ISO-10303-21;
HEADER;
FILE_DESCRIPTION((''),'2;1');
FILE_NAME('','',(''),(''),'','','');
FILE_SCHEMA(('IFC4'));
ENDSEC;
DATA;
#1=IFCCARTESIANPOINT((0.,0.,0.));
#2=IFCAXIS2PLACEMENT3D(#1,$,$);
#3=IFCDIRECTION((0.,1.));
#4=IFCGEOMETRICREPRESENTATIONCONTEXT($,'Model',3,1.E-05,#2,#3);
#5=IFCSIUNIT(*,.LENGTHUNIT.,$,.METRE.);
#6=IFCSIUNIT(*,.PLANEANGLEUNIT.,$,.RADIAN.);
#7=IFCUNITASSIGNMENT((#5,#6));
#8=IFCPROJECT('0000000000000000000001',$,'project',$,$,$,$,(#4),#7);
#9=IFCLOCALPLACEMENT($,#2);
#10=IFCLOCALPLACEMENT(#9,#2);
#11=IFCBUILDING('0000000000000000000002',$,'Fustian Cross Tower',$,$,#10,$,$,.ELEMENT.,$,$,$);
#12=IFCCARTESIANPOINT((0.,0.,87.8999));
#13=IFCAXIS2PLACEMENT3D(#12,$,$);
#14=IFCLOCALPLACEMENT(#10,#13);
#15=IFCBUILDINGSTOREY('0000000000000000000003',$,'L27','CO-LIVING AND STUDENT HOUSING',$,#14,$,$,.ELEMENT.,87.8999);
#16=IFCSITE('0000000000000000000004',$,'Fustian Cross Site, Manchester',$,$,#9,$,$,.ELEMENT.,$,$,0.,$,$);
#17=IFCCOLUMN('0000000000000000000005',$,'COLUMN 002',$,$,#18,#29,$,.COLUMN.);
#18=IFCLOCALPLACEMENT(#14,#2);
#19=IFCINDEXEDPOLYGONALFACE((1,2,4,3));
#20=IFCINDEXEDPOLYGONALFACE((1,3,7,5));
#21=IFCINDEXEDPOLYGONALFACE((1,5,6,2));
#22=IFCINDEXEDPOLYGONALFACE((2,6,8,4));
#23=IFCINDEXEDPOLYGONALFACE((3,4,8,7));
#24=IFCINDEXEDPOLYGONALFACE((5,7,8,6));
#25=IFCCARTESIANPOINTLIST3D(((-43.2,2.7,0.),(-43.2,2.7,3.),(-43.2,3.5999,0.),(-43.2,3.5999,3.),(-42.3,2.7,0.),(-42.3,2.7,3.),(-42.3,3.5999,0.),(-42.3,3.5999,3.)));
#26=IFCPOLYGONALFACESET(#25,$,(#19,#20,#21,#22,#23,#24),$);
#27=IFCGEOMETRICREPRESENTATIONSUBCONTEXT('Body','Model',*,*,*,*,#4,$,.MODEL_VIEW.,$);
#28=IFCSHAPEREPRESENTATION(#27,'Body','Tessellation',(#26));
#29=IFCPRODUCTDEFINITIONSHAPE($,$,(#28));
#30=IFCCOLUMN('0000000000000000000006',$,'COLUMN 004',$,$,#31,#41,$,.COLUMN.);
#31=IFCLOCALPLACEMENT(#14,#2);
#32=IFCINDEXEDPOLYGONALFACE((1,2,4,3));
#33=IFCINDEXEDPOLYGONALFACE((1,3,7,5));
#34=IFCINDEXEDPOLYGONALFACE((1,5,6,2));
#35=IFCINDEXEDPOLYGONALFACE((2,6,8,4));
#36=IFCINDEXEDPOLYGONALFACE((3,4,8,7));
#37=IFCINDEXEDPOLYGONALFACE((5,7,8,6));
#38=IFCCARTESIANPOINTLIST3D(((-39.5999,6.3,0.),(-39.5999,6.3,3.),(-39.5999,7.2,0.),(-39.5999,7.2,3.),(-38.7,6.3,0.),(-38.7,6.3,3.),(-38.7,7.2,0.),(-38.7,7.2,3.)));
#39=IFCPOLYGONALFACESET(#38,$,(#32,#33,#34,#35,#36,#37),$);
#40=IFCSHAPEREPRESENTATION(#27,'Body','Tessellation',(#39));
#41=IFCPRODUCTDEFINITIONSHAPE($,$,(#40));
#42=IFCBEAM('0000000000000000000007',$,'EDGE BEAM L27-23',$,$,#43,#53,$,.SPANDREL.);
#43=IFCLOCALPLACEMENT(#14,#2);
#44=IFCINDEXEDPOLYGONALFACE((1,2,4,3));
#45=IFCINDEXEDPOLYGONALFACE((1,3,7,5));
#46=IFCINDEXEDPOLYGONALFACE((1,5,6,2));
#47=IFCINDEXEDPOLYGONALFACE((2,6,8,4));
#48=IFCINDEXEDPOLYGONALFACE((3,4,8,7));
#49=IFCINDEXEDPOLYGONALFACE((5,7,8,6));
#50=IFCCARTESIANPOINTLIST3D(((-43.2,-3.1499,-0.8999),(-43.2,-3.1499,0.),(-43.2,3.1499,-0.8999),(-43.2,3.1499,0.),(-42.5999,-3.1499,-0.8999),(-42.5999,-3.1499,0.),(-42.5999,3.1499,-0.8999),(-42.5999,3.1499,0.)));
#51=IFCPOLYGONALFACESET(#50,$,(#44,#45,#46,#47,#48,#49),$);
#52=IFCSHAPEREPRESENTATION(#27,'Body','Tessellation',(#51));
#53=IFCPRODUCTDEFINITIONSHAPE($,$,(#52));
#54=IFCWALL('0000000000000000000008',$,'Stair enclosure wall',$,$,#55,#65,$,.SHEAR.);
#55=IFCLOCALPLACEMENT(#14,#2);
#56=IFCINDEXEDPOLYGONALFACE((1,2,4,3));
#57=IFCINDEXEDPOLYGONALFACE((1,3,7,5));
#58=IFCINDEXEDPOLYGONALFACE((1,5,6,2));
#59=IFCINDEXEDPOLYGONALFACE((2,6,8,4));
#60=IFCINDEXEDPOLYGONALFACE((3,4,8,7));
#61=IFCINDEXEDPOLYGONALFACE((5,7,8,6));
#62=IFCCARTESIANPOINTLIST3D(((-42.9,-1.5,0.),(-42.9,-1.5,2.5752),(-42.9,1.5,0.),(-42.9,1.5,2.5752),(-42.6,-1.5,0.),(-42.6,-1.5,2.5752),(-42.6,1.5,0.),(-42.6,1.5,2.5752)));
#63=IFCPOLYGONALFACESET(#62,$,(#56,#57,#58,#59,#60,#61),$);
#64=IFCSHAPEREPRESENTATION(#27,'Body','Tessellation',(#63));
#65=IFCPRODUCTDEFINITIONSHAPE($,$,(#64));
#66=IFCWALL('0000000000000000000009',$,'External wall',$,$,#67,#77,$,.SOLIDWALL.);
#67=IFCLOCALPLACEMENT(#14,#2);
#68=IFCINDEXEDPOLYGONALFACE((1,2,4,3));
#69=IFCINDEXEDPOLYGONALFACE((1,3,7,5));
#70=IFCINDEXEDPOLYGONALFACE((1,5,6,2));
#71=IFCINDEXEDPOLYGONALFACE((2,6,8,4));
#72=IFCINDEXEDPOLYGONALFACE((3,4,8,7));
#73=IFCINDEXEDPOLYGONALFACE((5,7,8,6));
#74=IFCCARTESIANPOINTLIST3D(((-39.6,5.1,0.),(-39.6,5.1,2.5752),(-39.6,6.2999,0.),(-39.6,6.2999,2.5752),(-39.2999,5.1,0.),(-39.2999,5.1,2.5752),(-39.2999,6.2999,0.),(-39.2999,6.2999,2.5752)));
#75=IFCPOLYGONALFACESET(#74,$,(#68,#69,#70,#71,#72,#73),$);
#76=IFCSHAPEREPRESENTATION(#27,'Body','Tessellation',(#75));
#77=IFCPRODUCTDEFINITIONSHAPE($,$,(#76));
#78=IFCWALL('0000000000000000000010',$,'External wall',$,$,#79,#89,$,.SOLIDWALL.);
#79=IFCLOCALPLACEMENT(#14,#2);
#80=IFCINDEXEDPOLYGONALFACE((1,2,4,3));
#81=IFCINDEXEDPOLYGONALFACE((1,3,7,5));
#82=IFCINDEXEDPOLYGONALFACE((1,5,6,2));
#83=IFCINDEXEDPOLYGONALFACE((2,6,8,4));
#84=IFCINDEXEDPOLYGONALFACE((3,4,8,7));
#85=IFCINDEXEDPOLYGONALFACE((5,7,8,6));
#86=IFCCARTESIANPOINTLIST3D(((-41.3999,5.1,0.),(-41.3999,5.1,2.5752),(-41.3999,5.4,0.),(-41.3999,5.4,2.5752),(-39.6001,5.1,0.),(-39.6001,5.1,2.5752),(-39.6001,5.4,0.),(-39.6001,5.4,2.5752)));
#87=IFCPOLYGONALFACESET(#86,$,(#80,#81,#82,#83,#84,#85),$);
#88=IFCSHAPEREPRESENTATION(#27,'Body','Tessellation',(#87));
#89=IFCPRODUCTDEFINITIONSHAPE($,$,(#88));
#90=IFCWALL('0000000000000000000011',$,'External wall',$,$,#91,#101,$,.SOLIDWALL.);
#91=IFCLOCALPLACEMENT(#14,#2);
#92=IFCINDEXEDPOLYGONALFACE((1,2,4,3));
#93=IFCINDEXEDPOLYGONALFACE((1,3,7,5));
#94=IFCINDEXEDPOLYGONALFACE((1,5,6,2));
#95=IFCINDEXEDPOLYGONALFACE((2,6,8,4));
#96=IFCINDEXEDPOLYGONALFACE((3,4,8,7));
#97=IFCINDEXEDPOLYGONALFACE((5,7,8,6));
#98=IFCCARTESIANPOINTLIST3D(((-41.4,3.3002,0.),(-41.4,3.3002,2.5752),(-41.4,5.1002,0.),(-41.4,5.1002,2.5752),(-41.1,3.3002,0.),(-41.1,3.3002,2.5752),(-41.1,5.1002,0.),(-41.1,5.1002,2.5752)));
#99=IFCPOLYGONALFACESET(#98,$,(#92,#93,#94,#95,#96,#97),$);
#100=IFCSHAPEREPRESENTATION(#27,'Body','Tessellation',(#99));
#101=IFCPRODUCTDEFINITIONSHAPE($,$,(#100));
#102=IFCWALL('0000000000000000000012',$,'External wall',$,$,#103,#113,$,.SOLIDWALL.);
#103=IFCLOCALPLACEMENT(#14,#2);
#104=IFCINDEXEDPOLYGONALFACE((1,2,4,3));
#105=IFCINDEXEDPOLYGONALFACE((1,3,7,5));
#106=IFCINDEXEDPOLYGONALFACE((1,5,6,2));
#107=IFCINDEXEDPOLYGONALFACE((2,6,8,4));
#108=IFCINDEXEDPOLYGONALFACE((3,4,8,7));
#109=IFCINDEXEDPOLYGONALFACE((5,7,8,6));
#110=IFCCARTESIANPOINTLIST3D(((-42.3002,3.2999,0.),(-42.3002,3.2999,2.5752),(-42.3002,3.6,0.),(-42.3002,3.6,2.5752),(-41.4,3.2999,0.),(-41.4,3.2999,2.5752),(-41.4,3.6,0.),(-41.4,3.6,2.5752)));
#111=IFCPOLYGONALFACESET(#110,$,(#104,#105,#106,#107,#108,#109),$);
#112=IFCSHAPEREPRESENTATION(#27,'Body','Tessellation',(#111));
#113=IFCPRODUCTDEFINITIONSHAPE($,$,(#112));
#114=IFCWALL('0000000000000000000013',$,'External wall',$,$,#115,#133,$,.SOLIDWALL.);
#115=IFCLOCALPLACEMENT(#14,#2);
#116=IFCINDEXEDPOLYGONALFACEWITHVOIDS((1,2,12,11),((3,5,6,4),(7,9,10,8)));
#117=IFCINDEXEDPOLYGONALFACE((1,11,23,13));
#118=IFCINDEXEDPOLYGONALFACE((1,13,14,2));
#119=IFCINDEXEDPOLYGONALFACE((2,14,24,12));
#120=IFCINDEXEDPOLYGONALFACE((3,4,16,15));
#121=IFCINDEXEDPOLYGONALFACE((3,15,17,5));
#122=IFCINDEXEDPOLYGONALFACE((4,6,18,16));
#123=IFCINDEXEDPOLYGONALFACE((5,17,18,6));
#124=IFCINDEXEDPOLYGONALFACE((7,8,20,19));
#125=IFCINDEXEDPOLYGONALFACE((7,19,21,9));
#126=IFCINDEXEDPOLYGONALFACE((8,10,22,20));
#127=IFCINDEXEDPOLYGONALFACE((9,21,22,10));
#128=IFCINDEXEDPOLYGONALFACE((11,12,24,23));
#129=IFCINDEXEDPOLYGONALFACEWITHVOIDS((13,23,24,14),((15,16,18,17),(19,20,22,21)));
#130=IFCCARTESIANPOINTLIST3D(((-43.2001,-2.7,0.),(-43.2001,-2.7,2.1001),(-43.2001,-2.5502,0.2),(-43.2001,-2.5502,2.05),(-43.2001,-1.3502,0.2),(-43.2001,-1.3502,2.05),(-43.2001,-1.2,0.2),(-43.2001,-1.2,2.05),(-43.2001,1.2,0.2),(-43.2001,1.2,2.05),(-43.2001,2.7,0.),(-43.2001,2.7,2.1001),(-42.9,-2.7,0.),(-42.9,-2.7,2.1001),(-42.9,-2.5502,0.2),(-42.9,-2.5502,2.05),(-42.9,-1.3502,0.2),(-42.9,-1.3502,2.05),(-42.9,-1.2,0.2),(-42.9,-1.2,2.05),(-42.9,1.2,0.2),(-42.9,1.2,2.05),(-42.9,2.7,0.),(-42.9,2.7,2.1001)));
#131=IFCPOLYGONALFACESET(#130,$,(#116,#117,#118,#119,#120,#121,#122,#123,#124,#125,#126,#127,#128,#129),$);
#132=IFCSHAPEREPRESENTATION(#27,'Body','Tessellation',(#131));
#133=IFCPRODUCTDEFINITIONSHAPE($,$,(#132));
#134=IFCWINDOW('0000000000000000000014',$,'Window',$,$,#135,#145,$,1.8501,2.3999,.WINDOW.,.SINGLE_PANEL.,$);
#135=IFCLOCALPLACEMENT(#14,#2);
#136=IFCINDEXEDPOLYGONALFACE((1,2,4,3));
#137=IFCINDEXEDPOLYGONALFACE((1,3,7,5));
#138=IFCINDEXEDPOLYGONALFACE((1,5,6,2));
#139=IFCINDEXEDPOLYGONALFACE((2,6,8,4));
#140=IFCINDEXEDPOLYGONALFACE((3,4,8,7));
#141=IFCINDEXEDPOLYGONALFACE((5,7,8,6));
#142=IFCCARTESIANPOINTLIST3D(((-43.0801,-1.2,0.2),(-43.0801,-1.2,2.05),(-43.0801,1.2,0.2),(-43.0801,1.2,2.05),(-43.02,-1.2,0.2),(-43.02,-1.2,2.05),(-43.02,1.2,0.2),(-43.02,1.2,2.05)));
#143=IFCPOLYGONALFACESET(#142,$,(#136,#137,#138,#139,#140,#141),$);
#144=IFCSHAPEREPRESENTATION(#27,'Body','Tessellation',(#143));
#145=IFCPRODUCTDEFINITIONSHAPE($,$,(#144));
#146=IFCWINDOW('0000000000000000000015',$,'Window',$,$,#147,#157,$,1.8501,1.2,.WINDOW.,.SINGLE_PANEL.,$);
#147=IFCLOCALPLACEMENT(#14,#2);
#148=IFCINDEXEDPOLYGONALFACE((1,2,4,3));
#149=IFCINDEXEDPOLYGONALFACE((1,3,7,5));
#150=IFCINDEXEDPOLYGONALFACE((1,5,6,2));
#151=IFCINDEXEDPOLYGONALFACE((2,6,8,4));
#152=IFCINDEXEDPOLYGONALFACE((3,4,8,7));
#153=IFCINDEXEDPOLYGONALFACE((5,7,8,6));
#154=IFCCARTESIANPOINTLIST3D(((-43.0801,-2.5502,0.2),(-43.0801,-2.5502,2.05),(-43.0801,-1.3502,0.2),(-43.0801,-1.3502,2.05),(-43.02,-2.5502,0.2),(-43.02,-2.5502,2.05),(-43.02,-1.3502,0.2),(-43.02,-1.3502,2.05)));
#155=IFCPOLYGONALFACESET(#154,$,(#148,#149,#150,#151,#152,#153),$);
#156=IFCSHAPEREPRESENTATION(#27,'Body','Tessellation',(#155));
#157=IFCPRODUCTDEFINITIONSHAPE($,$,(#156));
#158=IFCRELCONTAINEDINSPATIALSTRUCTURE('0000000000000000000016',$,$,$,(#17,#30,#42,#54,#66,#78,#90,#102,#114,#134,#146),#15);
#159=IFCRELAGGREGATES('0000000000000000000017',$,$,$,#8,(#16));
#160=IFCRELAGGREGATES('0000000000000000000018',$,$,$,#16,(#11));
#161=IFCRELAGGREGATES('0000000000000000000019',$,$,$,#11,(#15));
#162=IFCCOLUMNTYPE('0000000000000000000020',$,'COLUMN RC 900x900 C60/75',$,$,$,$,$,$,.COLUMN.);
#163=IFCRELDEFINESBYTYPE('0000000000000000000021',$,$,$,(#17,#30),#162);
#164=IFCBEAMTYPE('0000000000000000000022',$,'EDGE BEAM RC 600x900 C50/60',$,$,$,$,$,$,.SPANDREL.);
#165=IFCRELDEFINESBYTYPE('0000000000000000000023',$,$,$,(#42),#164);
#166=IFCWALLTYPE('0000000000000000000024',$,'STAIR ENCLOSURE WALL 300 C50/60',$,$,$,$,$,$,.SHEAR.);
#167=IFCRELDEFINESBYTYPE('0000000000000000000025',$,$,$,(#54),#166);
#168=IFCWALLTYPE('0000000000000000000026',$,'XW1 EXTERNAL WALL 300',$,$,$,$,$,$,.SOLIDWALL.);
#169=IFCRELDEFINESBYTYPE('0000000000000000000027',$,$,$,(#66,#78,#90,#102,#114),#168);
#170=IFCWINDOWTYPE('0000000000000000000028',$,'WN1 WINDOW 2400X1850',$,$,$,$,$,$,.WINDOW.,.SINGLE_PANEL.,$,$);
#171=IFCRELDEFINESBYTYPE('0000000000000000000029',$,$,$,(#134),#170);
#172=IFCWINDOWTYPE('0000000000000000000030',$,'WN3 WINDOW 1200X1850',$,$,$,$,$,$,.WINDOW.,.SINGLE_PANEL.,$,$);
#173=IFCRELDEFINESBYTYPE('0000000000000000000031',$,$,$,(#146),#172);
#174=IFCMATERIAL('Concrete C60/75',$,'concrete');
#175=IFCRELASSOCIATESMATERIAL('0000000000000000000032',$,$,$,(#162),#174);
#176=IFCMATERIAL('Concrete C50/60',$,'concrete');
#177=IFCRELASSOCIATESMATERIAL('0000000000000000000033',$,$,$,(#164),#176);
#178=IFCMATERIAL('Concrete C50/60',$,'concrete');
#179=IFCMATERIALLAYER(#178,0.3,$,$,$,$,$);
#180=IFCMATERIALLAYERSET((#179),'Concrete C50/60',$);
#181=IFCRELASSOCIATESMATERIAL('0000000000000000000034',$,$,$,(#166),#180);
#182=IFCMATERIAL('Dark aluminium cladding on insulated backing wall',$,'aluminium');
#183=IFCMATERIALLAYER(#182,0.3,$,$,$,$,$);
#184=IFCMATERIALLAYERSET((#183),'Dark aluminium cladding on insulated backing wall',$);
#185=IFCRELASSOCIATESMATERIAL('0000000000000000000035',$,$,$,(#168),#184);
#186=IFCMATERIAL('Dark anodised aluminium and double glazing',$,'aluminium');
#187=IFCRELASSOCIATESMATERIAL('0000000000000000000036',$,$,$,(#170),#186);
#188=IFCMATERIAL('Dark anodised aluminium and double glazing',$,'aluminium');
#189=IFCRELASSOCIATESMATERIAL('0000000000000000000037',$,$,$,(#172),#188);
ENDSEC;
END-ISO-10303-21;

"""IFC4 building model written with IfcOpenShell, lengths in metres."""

from ifc_helpers import new_model, si_unit, direction, frame, frame_2d, origin, origin_2d, place, context, subcontext, project, spatial, rectangle, extrude, material, layer, layer_set, material_profile, profile_set, type_object, element, fill, save


model = new_model("IFC4")

# Units and contexts
model_context = context("Model", 3, precision=1e-05, world=origin(), true_north=direction((0.0, 1.0)))
body_context = subcontext(model_context, "Body", "Model", "MODEL_VIEW")
ifc_project = project(units=[si_unit("LENGTHUNIT", "METRE"), si_unit("PLANEANGLEUNIT", "RADIAN")], contexts=[model_context])

# Site, building, storey
site_placement = place(None, origin())
site = spatial("IfcSite", under=ifc_project, at=site_placement, Name="Fustian Cross Site, Manchester", CompositionType="ELEMENT", RefElevation=0.0)
building_placement = place(site_placement, origin())
building = spatial("IfcBuilding", under=site, at=building_placement, Name="Fustian Cross Tower", CompositionType="ELEMENT")
storey_placement = place(building_placement, frame((0.0, 0.0, 87.8999)))
storey = spatial("IfcBuildingStorey", under=building, at=storey_placement, Name="L27", Description="CO-LIVING AND STUDENT HOUSING", CompositionType="ELEMENT", Elevation=87.8999)

# Columns
ifc_material_1 = material(Name="Concrete C60/75", Category="concrete")
ifc_material_profile_1 = material_profile(ifc_material_1, rectangle(XDim=0.8999, YDim=0.8999, at=origin_2d()), Name="RC 900x900")
ifc_profile_set_1 = profile_set([ifc_material_profile_1], Name="Concrete C60/75")
column_type = type_object("IfcColumnType", Name="COLUMN RC 900x900 C60/75", PredefinedType="COLUMN", material=ifc_profile_set_1)
for number, where, z_axis, x_axis, name in (
    (1, (-42.75, 3.1499, 0.0), (0.0, 0.0, 1.0), (1.0, 0.0, 0.0), "COLUMN 002"),
    (2, (-39.1499, 6.75, 0.0), (0.0, 0.0, 1.0), (1.0, 0.0, 0.0), "COLUMN 004"),
):
    element("IfcColumn", number, at=place(storey_placement, frame(where, z_axis=z_axis, x_axis=x_axis)), inside=storey, type_object=column_type, Name=name, PredefinedType="COLUMN", context=body_context, shape_type="SweptSolid", body=[
        extrude(rectangle(XDim=0.8999, YDim=0.8999, at=origin_2d()), origin(), (0.0, 0.0, 1.0), 3.0),
    ])

# Beam
ifc_material_2 = material(Name="Concrete C50/60", Category="concrete")
ifc_material_profile_2 = material_profile(ifc_material_2, rectangle(XDim=0.6001, YDim=0.8999, at=origin_2d()), Name="RC 600x900")
ifc_profile_set_2 = profile_set([ifc_material_profile_2], Name="Concrete C50/60")
beam_type = type_object("IfcBeamType", Name="EDGE BEAM RC 600x900 C50/60", PredefinedType="SPANDREL", material=ifc_profile_set_2)
beam_placement = place(storey_placement, frame((-42.8999, 3.1499, -0.45), z_axis=(0.0, -1.0, 0.0), x_axis=(1.0, 0.0, 0.0)))
element("IfcBeam", 3, at=beam_placement, inside=storey, type_object=beam_type, Name="EDGE BEAM L27-23", PredefinedType="SPANDREL", context=body_context, shape_type="SweptSolid", body=[
    extrude(rectangle(XDim=0.6001, YDim=0.8999, at=origin_2d()), origin(), (0.0, 0.0, 1.0), 6.2998),
])

# Walls
ifc_material_3 = material(Name="Concrete C50/60", Category="concrete")
ifc_layer_1 = layer(ifc_material_3, 0.3)
ifc_layer_set_1 = layer_set([ifc_layer_1], Name="Concrete C50/60")
wall_type_1 = type_object("IfcWallType", Name="STAIR ENCLOSURE WALL 300 C50/60", PredefinedType="SHEAR", material=ifc_layer_set_1)
wall_1_placement = place(storey_placement, frame((-42.75, -1.5, 0.0), z_axis=(0.0, 0.0, 1.0), x_axis=(0.0, 1.0, 0.0)))
element("IfcWall", 4, at=wall_1_placement, inside=storey, type_object=wall_type_1, Name="Stair enclosure wall", PredefinedType="SHEAR", context=body_context, shape_type="SweptSolid", body=[
    extrude(rectangle(XDim=3.0, YDim=0.3, at=frame_2d((1.5, 0.0))), origin(), (0.0, 0.0, 1.0), 2.5752),
])
ifc_material_4 = material(Name="Dark aluminium cladding on insulated backing wall", Category="aluminium")
ifc_layer_2 = layer(ifc_material_4, 0.3)
ifc_layer_set_2 = layer_set([ifc_layer_2], Name="Dark aluminium cladding on insulated backing wall")
wall_type_2 = type_object("IfcWallType", Name="XW1 EXTERNAL WALL 300", PredefinedType="SOLIDWALL", material=ifc_layer_set_2)
wall_2_placement = place(storey_placement, frame((-39.45, 6.3, 0.0), z_axis=(0.0, 0.0, 1.0), x_axis=(0.0, -1.0, 0.0)))
element("IfcWall", 5, at=wall_2_placement, inside=storey, type_object=wall_type_2, Name="External wall", PredefinedType="SOLIDWALL", context=body_context, shape_type="SweptSolid", body=[
    extrude(rectangle(XDim=1.2, YDim=0.3, at=frame_2d((0.6001, 0.0))), origin(), (0.0, 0.0, 1.0), 2.5752),
])
wall_3_placement = place(storey_placement, frame((-39.6001, 5.25, 0.0), z_axis=(0.0, 0.0, 1.0), x_axis=(-1.0, 0.0, 0.0)))
element("IfcWall", 6, at=wall_3_placement, inside=storey, type_object=wall_type_2, Name="External wall", PredefinedType="SOLIDWALL", context=body_context, shape_type="SweptSolid", body=[
    extrude(rectangle(XDim=1.7998, YDim=0.3, at=frame_2d((0.8999, 0.0))), origin(), (0.0, 0.0, 1.0), 2.5752),
])
wall_4_placement = place(storey_placement, frame((-41.25, 5.1001, 0.0), z_axis=(0.0, 0.0, 1.0), x_axis=(0.0, -1.0, 0.0)))
element("IfcWall", 7, at=wall_4_placement, inside=storey, type_object=wall_type_2, Name="External wall", PredefinedType="SOLIDWALL", context=body_context, shape_type="SweptSolid", body=[
    extrude(rectangle(XDim=1.8, YDim=0.3, at=frame_2d((0.8999, 0.0))), origin(), (0.0, 0.0, 1.0), 2.5752),
])
wall_5_placement = place(storey_placement, frame((-41.3999, 3.45, 0.0), z_axis=(0.0, 0.0, 1.0), x_axis=(-1.0, 0.0, 0.0)))
element("IfcWall", 8, at=wall_5_placement, inside=storey, type_object=wall_type_2, Name="External wall", PredefinedType="SOLIDWALL", context=body_context, shape_type="SweptSolid", body=[
    extrude(rectangle(XDim=0.9001, YDim=0.3, at=frame_2d((0.4502, 0.0))), origin(), (0.0, 0.0, 1.0), 2.5752),
])

# Wall, openings, windows
wall_6_placement = place(storey_placement, frame((-43.05, 2.7, 0.0), z_axis=(0.0, 0.0, 1.0), x_axis=(0.0, -1.0, 0.0)))
wall_6 = element("IfcWall", 9, at=wall_6_placement, inside=storey, type_object=wall_type_2, Name="External wall", PredefinedType="SOLIDWALL", context=body_context, shape_type="SweptSolid", body=[
    extrude(rectangle(XDim=5.3999, YDim=0.3, at=frame_2d((2.7, 0.0))), origin(), (0.0, 0.0, 1.0), 2.1001),
])
opening_1_placement = place(wall_6_placement, frame((1.5, 0.0, 0.2)))
opening_1 = element("IfcOpeningElement", 10, at=opening_1_placement, cuts=wall_6, PredefinedType="OPENING", context=body_context, shape_type="SweptSolid", body=[
    extrude(rectangle(XDim=2.3999, YDim=1.8501, at=frame_2d((1.2, 0.925))), frame((0.0, 0.1599, 0.0), z_axis=(0.0, -1.0, 0.0), x_axis=(1.0, 0.0, 0.0)), (0.0, 0.0, 1.0), 0.3201),
])
opening_2_placement = place(wall_6_placement, frame((4.05, 0.0, 0.2)))
opening_2 = element("IfcOpeningElement", 11, at=opening_2_placement, cuts=wall_6, PredefinedType="OPENING", context=body_context, shape_type="SweptSolid", body=[
    extrude(rectangle(XDim=1.2, YDim=1.8501, at=frame_2d((0.6001, 0.925))), frame((0.0, 0.1599, 0.0), z_axis=(0.0, -1.0, 0.0), x_axis=(1.0, 0.0, 0.0)), (0.0, 0.0, 1.0), 0.3201),
])
ifc_material_5 = material(Name="Dark anodised aluminium and double glazing", Category="aluminium")
window_type_1 = type_object("IfcWindowType", Name="WN1 WINDOW 2400X1850", PartitioningType="SINGLE_PANEL", PredefinedType="WINDOW", material=ifc_material_5)
window_1_placement = place(opening_1_placement, origin())
window_1 = element("IfcWindow", 12, at=window_1_placement, inside=storey, type_object=window_type_1, Name="Window", OverallHeight=1.8501, OverallWidth=2.3999, PartitioningType="SINGLE_PANEL", PredefinedType="WINDOW", context=body_context, shape_type="SweptSolid", body=[
    extrude(rectangle(XDim=2.3999, YDim=1.8501, at=frame_2d((1.2, 0.925))), frame((0.0, 0.03, 0.0), z_axis=(0.0, -1.0, 0.0), x_axis=(1.0, 0.0, 0.0)), (0.0, 0.0, 1.0), 0.0601),
])
fill(opening_1, window_1)
ifc_material_6 = material(Name="Dark anodised aluminium and double glazing", Category="aluminium")
window_type_2 = type_object("IfcWindowType", Name="WN3 WINDOW 1200X1850", PartitioningType="SINGLE_PANEL", PredefinedType="WINDOW", material=ifc_material_6)
window_2_placement = place(opening_2_placement, origin())
window_2 = element("IfcWindow", 13, at=window_2_placement, inside=storey, type_object=window_type_2, Name="Window", OverallHeight=1.8501, OverallWidth=1.2, PartitioningType="SINGLE_PANEL", PredefinedType="WINDOW", context=body_context, shape_type="SweptSolid", body=[
    extrude(rectangle(XDim=1.2, YDim=1.8501, at=frame_2d((0.6001, 0.925))), frame((0.0, 0.03, 0.0), z_axis=(0.0, -1.0, 0.0), x_axis=(1.0, 0.0, 0.0)), (0.0, 0.0, 1.0), 0.0601),
])
fill(opening_2, window_2)

save(model, "model.ifc")
